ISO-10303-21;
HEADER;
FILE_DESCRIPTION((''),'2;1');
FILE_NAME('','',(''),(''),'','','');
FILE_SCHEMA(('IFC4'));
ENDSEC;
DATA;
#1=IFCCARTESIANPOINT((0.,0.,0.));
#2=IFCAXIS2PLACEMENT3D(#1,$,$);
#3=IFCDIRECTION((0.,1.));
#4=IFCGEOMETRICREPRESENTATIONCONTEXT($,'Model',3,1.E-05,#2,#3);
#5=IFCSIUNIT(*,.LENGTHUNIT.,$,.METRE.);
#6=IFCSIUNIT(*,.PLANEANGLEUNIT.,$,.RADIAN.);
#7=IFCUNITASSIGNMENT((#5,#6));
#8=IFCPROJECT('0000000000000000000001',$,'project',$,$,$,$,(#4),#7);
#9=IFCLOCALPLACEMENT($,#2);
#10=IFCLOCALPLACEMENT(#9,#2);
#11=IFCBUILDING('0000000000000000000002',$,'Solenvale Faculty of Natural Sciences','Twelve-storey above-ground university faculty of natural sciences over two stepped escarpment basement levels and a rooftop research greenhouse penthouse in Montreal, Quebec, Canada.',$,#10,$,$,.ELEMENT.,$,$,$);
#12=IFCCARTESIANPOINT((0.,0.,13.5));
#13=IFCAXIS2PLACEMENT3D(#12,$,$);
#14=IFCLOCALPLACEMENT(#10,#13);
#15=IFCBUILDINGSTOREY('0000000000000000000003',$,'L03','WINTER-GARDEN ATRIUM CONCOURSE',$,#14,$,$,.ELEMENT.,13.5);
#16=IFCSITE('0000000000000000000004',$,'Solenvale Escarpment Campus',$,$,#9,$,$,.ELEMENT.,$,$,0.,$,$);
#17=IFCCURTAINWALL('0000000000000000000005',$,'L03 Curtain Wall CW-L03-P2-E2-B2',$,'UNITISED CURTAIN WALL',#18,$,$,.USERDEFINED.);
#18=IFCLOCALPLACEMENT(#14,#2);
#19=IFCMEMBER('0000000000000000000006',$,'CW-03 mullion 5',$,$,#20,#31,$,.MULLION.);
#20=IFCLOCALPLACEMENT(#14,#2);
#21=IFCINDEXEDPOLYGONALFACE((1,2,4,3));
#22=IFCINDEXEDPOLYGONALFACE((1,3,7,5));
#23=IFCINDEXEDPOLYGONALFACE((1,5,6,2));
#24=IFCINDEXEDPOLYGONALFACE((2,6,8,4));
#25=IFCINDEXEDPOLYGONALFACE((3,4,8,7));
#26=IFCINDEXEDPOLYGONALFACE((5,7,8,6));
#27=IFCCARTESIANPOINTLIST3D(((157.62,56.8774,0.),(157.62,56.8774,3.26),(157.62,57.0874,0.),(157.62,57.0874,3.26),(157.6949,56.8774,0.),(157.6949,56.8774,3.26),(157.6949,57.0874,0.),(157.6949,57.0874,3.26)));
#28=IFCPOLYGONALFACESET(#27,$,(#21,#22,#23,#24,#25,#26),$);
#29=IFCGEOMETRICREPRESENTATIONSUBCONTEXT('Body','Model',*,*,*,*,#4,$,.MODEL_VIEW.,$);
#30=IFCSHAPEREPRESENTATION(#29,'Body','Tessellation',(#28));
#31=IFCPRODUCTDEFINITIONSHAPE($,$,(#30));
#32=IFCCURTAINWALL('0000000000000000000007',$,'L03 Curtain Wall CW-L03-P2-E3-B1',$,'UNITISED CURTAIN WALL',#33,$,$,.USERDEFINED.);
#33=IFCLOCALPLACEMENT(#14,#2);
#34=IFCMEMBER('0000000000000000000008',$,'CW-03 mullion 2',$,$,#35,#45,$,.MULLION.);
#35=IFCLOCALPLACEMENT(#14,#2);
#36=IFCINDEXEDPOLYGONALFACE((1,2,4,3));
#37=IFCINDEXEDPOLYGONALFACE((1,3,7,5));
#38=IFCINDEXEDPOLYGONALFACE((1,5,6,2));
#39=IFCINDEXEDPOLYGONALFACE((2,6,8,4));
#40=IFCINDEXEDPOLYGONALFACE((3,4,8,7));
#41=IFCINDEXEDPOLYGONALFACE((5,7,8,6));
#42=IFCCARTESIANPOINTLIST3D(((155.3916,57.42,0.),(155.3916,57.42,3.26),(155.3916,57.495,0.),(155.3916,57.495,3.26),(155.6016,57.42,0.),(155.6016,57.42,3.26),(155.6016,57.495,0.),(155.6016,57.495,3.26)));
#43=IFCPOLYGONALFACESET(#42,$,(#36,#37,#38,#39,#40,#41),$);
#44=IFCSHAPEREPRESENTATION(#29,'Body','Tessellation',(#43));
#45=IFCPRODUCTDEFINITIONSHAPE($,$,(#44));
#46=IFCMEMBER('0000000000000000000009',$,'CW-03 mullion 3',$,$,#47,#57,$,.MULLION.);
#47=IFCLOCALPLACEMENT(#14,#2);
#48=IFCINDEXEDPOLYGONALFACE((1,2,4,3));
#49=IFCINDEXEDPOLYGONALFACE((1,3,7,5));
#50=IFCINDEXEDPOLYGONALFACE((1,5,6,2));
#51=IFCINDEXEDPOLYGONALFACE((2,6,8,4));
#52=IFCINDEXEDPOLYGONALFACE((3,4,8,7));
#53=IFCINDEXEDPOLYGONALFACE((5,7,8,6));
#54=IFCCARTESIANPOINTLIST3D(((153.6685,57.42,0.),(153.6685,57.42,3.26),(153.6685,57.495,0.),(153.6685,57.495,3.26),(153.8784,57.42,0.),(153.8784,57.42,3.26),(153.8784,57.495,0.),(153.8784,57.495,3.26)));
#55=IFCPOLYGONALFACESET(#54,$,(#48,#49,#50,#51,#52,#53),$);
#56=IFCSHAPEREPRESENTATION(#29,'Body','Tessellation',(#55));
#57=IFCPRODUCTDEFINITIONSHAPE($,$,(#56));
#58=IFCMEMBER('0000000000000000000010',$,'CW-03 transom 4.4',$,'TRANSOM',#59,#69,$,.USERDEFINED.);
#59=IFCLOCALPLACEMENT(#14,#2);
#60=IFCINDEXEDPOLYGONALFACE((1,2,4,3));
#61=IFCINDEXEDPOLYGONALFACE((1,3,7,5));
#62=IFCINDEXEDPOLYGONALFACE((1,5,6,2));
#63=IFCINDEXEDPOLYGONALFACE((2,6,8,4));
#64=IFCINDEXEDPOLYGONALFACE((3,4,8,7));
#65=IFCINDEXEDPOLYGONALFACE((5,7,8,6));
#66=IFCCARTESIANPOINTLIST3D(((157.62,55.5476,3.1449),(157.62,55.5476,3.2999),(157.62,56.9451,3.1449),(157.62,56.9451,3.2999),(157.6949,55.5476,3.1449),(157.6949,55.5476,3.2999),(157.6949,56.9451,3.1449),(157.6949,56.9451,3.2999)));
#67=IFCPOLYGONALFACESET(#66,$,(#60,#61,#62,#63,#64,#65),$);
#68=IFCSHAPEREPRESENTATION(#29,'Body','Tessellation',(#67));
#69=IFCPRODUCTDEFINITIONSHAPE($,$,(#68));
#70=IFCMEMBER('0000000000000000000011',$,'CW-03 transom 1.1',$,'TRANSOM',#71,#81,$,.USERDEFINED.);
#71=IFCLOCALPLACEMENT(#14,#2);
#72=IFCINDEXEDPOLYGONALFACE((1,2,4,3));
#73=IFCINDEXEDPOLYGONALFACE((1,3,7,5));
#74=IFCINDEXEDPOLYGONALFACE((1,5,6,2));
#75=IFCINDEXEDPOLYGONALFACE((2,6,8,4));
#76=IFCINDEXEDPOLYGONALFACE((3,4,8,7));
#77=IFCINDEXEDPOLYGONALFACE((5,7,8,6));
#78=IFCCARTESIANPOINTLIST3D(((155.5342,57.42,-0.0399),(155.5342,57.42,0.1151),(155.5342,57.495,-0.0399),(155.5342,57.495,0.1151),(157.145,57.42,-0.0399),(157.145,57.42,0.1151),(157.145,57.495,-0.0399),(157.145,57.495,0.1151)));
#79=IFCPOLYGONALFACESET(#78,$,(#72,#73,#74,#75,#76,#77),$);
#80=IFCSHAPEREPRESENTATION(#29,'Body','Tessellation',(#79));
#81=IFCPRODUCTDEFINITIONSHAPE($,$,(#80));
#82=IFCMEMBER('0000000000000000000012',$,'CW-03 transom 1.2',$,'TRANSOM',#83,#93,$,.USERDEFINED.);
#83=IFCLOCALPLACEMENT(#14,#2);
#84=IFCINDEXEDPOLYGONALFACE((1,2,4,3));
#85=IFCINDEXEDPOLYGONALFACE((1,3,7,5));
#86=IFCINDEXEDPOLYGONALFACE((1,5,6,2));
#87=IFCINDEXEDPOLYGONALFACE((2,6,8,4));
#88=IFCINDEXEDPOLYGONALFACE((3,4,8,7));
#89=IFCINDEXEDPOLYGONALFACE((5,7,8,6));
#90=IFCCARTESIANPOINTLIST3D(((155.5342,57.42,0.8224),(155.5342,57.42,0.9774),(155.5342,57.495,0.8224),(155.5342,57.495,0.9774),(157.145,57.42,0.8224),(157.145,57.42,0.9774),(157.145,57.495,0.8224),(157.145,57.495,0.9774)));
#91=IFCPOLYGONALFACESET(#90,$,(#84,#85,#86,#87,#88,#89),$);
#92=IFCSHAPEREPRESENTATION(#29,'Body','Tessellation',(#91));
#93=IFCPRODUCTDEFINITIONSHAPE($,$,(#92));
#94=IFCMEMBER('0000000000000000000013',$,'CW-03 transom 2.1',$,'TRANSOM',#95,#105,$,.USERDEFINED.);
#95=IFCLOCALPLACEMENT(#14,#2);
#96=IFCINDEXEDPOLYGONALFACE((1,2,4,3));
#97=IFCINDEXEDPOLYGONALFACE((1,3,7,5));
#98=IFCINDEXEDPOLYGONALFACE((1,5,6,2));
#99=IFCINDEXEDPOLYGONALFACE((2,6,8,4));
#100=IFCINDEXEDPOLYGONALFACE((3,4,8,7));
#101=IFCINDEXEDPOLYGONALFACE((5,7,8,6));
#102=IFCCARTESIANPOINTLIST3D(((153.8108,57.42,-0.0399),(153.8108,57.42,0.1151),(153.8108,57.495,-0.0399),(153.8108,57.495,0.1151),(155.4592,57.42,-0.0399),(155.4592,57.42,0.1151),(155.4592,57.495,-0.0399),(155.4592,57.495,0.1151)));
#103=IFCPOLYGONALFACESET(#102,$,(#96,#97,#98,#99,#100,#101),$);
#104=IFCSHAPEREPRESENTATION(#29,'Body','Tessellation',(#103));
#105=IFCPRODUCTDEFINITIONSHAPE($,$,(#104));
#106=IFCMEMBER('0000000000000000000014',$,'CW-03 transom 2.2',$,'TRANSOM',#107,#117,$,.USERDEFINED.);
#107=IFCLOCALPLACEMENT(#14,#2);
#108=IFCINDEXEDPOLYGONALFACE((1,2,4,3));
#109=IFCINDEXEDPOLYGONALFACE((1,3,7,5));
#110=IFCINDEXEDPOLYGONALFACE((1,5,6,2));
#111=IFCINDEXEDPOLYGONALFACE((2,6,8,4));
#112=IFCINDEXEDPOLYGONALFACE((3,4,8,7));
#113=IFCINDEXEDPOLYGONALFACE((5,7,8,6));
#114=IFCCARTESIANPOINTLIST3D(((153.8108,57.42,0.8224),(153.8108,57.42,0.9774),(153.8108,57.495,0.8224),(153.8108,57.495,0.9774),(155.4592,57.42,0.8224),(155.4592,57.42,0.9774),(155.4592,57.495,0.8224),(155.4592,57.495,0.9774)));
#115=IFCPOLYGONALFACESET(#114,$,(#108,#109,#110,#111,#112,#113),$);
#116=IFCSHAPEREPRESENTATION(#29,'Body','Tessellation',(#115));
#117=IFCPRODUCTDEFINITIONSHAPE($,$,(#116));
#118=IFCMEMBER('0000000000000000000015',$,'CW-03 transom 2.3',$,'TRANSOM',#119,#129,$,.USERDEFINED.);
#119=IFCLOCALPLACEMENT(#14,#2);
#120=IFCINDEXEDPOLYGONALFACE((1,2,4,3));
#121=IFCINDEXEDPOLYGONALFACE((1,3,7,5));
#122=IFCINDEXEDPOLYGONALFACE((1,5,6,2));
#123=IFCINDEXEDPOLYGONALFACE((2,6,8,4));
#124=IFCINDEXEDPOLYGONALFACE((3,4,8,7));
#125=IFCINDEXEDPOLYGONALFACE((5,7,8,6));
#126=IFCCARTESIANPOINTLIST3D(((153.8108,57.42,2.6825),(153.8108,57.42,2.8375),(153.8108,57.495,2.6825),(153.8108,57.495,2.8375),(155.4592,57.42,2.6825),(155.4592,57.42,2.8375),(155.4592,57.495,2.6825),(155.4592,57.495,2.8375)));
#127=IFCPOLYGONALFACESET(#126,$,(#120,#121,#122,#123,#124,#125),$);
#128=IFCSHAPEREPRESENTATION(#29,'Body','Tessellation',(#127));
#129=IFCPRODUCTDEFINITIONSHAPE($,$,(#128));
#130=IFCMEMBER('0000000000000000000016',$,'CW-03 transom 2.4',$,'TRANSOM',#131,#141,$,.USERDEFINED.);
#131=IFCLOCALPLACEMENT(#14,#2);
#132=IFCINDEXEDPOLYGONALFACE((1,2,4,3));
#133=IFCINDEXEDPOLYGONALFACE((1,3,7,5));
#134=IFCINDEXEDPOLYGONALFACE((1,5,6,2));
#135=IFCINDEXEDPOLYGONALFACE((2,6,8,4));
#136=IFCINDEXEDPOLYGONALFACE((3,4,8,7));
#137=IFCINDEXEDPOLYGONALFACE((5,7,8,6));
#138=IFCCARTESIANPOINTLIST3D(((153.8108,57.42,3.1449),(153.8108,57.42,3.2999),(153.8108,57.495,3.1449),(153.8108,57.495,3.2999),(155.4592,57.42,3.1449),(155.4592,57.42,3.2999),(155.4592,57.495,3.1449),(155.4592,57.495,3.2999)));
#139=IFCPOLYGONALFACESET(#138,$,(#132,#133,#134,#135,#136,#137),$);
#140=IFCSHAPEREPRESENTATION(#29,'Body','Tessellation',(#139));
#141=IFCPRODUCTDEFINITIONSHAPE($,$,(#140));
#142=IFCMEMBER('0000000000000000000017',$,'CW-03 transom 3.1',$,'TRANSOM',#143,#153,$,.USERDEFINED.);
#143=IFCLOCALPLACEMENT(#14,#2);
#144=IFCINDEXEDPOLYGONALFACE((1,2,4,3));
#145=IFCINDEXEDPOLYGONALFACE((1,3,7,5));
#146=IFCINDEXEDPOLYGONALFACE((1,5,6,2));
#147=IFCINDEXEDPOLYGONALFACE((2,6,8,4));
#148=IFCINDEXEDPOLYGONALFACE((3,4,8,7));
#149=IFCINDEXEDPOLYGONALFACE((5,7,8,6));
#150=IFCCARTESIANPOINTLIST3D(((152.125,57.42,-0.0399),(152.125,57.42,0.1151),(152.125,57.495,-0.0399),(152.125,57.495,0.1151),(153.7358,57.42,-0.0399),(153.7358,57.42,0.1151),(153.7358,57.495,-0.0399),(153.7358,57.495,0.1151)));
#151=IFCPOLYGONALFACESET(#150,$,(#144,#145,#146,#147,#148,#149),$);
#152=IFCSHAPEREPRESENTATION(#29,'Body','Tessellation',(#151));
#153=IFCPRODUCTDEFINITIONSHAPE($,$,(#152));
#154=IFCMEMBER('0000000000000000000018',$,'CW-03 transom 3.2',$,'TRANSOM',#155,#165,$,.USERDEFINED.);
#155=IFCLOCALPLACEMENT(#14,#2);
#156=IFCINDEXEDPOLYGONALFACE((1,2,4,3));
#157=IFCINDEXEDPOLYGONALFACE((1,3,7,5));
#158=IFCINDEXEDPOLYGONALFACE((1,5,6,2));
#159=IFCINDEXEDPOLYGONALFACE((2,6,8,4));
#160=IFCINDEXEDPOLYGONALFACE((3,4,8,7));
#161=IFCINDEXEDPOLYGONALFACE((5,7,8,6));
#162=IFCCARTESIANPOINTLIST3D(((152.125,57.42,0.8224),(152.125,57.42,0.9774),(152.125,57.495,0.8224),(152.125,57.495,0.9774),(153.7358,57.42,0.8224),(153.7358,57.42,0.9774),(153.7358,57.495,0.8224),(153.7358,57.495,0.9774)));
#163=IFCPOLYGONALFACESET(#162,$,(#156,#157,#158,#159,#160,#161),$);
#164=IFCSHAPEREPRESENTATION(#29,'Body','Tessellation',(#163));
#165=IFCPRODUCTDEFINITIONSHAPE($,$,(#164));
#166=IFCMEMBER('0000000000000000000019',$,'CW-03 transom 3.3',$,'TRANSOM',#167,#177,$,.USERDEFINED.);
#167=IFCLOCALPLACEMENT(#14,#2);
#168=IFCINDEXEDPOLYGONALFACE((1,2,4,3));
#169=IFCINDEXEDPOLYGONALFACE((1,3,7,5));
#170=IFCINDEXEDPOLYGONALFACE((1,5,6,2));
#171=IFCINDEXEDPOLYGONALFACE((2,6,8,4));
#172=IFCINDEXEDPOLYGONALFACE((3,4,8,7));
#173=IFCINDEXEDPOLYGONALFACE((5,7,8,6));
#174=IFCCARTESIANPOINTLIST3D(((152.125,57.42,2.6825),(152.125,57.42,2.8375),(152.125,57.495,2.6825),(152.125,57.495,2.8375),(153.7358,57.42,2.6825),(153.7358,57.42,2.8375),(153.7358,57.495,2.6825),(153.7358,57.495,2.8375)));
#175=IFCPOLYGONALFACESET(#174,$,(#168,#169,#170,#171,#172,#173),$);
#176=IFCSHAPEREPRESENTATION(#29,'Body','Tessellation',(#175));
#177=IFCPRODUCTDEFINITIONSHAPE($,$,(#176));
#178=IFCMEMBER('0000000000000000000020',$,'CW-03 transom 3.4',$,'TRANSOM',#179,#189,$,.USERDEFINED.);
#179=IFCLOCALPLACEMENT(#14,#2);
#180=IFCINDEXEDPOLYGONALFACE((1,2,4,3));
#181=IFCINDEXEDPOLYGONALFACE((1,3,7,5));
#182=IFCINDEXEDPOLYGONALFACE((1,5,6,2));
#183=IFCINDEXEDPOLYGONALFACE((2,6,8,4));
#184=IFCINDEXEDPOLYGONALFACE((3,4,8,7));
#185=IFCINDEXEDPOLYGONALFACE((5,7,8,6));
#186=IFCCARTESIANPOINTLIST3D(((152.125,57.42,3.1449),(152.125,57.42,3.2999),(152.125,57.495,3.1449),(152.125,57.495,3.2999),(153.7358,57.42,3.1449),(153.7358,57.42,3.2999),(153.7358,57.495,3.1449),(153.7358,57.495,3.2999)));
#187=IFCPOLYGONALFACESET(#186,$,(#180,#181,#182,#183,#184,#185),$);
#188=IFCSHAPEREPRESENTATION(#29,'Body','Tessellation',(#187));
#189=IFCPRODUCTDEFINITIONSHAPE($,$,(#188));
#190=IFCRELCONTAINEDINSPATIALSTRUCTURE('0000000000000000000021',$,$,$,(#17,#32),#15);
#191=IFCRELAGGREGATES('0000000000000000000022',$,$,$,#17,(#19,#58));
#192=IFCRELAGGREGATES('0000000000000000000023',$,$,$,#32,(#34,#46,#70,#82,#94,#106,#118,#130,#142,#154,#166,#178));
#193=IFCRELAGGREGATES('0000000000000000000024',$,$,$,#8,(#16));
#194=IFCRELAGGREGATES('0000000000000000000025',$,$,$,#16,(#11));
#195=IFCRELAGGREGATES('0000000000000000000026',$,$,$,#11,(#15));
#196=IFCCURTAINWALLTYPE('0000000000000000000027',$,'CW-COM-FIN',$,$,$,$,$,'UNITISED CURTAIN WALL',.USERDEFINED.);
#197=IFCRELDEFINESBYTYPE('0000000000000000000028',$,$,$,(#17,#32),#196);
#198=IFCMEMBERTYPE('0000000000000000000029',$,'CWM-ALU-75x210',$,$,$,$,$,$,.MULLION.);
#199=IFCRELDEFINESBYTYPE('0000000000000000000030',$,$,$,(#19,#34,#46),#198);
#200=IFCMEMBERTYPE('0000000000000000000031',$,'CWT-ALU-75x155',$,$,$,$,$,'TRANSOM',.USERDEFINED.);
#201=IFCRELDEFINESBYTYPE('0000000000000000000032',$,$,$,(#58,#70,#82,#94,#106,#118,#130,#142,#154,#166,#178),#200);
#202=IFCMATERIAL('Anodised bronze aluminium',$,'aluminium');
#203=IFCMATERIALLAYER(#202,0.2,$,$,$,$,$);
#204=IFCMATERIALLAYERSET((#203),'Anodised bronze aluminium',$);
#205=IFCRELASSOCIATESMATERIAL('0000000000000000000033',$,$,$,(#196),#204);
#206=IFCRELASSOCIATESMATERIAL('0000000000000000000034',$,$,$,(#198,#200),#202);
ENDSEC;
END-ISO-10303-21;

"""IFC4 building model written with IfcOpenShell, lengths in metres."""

from ifc_helpers import new_model, si_unit, direction, frame, origin, origin_2d, place, context, subcontext, project, spatial, rectangle, extrude, material, layer, layer_set, material_profile, profile_set, type_object, element, aggregate, save


model = new_model("IFC4")

# Units and contexts
model_context = context("Model", 3, precision=1e-05, world=origin(), true_north=direction((0.0, 1.0)))
body_context = subcontext(model_context, "Body", "Model", "MODEL_VIEW")
ifc_project = project(units=[si_unit("LENGTHUNIT", "METRE"), si_unit("PLANEANGLEUNIT", "RADIAN")], contexts=[model_context])

# Site, building, storey
site_placement = place(None, origin())
site = spatial("IfcSite", under=ifc_project, at=site_placement, Name="Solenvale Escarpment Campus", CompositionType="ELEMENT", RefElevation=0.0)
building_placement = place(site_placement, origin())
building = spatial("IfcBuilding", under=site, at=building_placement, Name="Solenvale Faculty of Natural Sciences", Description="Twelve-storey above-ground university faculty of natural sciences over two stepped escarpment basement levels and a rooftop research greenhouse penthouse in Montreal, Quebec, Canada.", CompositionType="ELEMENT")
storey_placement = place(building_placement, frame((0.0, 0.0, 13.5)))
storey = spatial("IfcBuildingStorey", under=building, at=storey_placement, Name="L03", Description="WINTER-GARDEN ATRIUM CONCOURSE", CompositionType="ELEMENT", Elevation=13.5)

# Curtain wall, member
ifc_material_1 = material(Name="Anodised bronze aluminium", Category="aluminium")
ifc_layer_1 = layer(ifc_material_1, 0.2)
ifc_layer_set_1 = layer_set([ifc_layer_1], Name="Anodised bronze aluminium")
curtain_wall_type = type_object("IfcCurtainWallType", Name="CW-COM-FIN", ElementType="UNITISED CURTAIN WALL", PredefinedType="USERDEFINED", material=ifc_layer_set_1)
curtain_wall_1_placement = place(storey_placement, origin())
curtain_wall_1 = element("IfcCurtainWall", 1, at=curtain_wall_1_placement, inside=storey, type_object=curtain_wall_type, Name="L03 Curtain Wall CW-L03-P2-E2-B2", ObjectType="UNITISED CURTAIN WALL", PredefinedType="USERDEFINED")
ifc_material_profile_1 = material_profile(ifc_material_1, rectangle(XDim=0.075, YDim=0.21, at=origin_2d()), Name="ALU-MUL-75x210")
ifc_profile_set_1 = profile_set([ifc_material_profile_1], Name="Anodised bronze aluminium")
member_type_1 = type_object("IfcMemberType", Name="CWM-ALU-75x210", PredefinedType="MULLION", material=ifc_profile_set_1)
member_1_placement = place(storey_placement, frame((157.6575, 56.9824, 0.0), z_axis=(0.0, 0.0, 1.0), x_axis=(-1.0, 0.0, 0.0)))
member_1 = element("IfcMember", 2, at=member_1_placement, type_object=member_type_1, Name="CW-03 mullion 5", PredefinedType="MULLION", context=body_context, shape_type="SweptSolid", body=[
    extrude(rectangle(XDim=0.075, YDim=0.21, at=origin_2d()), origin(), (0.0, 0.0, 1.0), 3.26),
])

# Curtain wall, members
curtain_wall_2_placement = place(storey_placement, origin())
curtain_wall_2 = element("IfcCurtainWall", 3, at=curtain_wall_2_placement, inside=storey, type_object=curtain_wall_type, Name="L03 Curtain Wall CW-L03-P2-E3-B1", ObjectType="UNITISED CURTAIN WALL", PredefinedType="USERDEFINED")
member_2_placement = place(storey_placement, frame((155.4966, 57.4575, 0.0), z_axis=(0.0, 0.0, 1.0), x_axis=(0.0, -1.0, 0.0)))
member_2 = element("IfcMember", 4, at=member_2_placement, type_object=member_type_1, Name="CW-03 mullion 2", PredefinedType="MULLION", context=body_context, shape_type="SweptSolid", body=[
    extrude(rectangle(XDim=0.075, YDim=0.21, at=origin_2d()), origin(), (0.0, 0.0, 1.0), 3.26),
])
member_3_placement = place(storey_placement, frame((153.7734, 57.4575, 0.0), z_axis=(0.0, 0.0, 1.0), x_axis=(0.0, -1.0, 0.0)))
member_3 = element("IfcMember", 5, at=member_3_placement, type_object=member_type_1, Name="CW-03 mullion 3", PredefinedType="MULLION", context=body_context, shape_type="SweptSolid", body=[
    extrude(rectangle(XDim=0.075, YDim=0.21, at=origin_2d()), origin(), (0.0, 0.0, 1.0), 3.26),
])

# Members
ifc_material_profile_2 = material_profile(ifc_material_1, rectangle(XDim=0.075, YDim=0.155, at=origin_2d()), Name="ALU-TRN-75x155")
ifc_profile_set_2 = profile_set([ifc_material_profile_2], Name="Anodised bronze aluminium")
member_type_2 = type_object("IfcMemberType", Name="CWT-ALU-75x155", ElementType="TRANSOM", PredefinedType="USERDEFINED", material=ifc_profile_set_2)
member_4_placement = place(storey_placement, frame((157.6575, 55.5476, 3.2224), z_axis=(0.0, 1.0, 0.0), x_axis=(-1.0, 0.0, 0.0)))
member_4 = element("IfcMember", 6, at=member_4_placement, type_object=member_type_2, Name="CW-03 transom 4.4", ObjectType="TRANSOM", PredefinedType="USERDEFINED", context=body_context, shape_type="SweptSolid", body=[
    extrude(rectangle(XDim=0.075, YDim=0.155, at=origin_2d()), origin(), (0.0, 0.0, 1.0), 1.3975),
])
member_5_placement = place(storey_placement, frame((157.145, 57.4575, 0.0376), z_axis=(-1.0, 0.0, 0.0), x_axis=(0.0, -1.0, 0.0)))
member_5 = element("IfcMember", 7, at=member_5_placement, type_object=member_type_2, Name="CW-03 transom 1.1", ObjectType="TRANSOM", PredefinedType="USERDEFINED", context=body_context, shape_type="SweptSolid", body=[
    extrude(rectangle(XDim=0.075, YDim=0.155, at=origin_2d()), origin(), (0.0, 0.0, 1.0), 1.6108),
])
member_6_placement = place(storey_placement, frame((157.145, 57.4575, 0.8999), z_axis=(-1.0, 0.0, 0.0), x_axis=(0.0, -1.0, 0.0)))
member_6 = element("IfcMember", 8, at=member_6_placement, type_object=member_type_2, Name="CW-03 transom 1.2", ObjectType="TRANSOM", PredefinedType="USERDEFINED", context=body_context, shape_type="SweptSolid", body=[
    extrude(rectangle(XDim=0.075, YDim=0.155, at=origin_2d()), origin(), (0.0, 0.0, 1.0), 1.6108),
])
member_7_placement = place(storey_placement, frame((155.4592, 57.4575, 0.0376), z_axis=(-1.0, 0.0, 0.0), x_axis=(0.0, -1.0, 0.0)))
member_7 = element("IfcMember", 9, at=member_7_placement, type_object=member_type_2, Name="CW-03 transom 2.1", ObjectType="TRANSOM", PredefinedType="USERDEFINED", context=body_context, shape_type="SweptSolid", body=[
    extrude(rectangle(XDim=0.075, YDim=0.155, at=origin_2d()), origin(), (0.0, 0.0, 1.0), 1.6484),
])
member_8_placement = place(storey_placement, frame((155.4592, 57.4575, 0.8999), z_axis=(-1.0, 0.0, 0.0), x_axis=(0.0, -1.0, 0.0)))
member_8 = element("IfcMember", 10, at=member_8_placement, type_object=member_type_2, Name="CW-03 transom 2.2", ObjectType="TRANSOM", PredefinedType="USERDEFINED", context=body_context, shape_type="SweptSolid", body=[
    extrude(rectangle(XDim=0.075, YDim=0.155, at=origin_2d()), origin(), (0.0, 0.0, 1.0), 1.6484),
])
member_9_placement = place(storey_placement, frame((155.4592, 57.4575, 2.76), z_axis=(-1.0, 0.0, 0.0), x_axis=(0.0, -1.0, 0.0)))
member_9 = element("IfcMember", 11, at=member_9_placement, type_object=member_type_2, Name="CW-03 transom 2.3", ObjectType="TRANSOM", PredefinedType="USERDEFINED", context=body_context, shape_type="SweptSolid", body=[
    extrude(rectangle(XDim=0.075, YDim=0.155, at=origin_2d()), origin(), (0.0, 0.0, 1.0), 1.6484),
])
member_10_placement = place(storey_placement, frame((155.4592, 57.4575, 3.2224), z_axis=(-1.0, 0.0, 0.0), x_axis=(0.0, -1.0, 0.0)))
member_10 = element("IfcMember", 12, at=member_10_placement, type_object=member_type_2, Name="CW-03 transom 2.4", ObjectType="TRANSOM", PredefinedType="USERDEFINED", context=body_context, shape_type="SweptSolid", body=[
    extrude(rectangle(XDim=0.075, YDim=0.155, at=origin_2d()), origin(), (0.0, 0.0, 1.0), 1.6484),
])
member_11_placement = place(storey_placement, frame((153.7358, 57.4575, 0.0376), z_axis=(-1.0, 0.0, 0.0), x_axis=(0.0, -1.0, 0.0)))
member_11 = element("IfcMember", 13, at=member_11_placement, type_object=member_type_2, Name="CW-03 transom 3.1", ObjectType="TRANSOM", PredefinedType="USERDEFINED", context=body_context, shape_type="SweptSolid", body=[
    extrude(rectangle(XDim=0.075, YDim=0.155, at=origin_2d()), origin(), (0.0, 0.0, 1.0), 1.6108),
])
member_12_placement = place(storey_placement, frame((153.7358, 57.4575, 0.8999), z_axis=(-1.0, 0.0, 0.0), x_axis=(0.0, -1.0, 0.0)))
member_12 = element("IfcMember", 14, at=member_12_placement, type_object=member_type_2, Name="CW-03 transom 3.2", ObjectType="TRANSOM", PredefinedType="USERDEFINED", context=body_context, shape_type="SweptSolid", body=[
    extrude(rectangle(XDim=0.075, YDim=0.155, at=origin_2d()), origin(), (0.0, 0.0, 1.0), 1.6108),
])
member_13_placement = place(storey_placement, frame((153.7358, 57.4575, 2.76), z_axis=(-1.0, 0.0, 0.0), x_axis=(0.0, -1.0, 0.0)))
member_13 = element("IfcMember", 15, at=member_13_placement, type_object=member_type_2, Name="CW-03 transom 3.3", ObjectType="TRANSOM", PredefinedType="USERDEFINED", context=body_context, shape_type="SweptSolid", body=[
    extrude(rectangle(XDim=0.075, YDim=0.155, at=origin_2d()), origin(), (0.0, 0.0, 1.0), 1.6108),
])
member_14_placement = place(storey_placement, frame((153.7358, 57.4575, 3.2224), z_axis=(-1.0, 0.0, 0.0), x_axis=(0.0, -1.0, 0.0)))
member_14 = element("IfcMember", 16, at=member_14_placement, type_object=member_type_2, Name="CW-03 transom 3.4", ObjectType="TRANSOM", PredefinedType="USERDEFINED", context=body_context, shape_type="SweptSolid", body=[
    extrude(rectangle(XDim=0.075, YDim=0.155, at=origin_2d()), origin(), (0.0, 0.0, 1.0), 1.6108),
])

aggregate(curtain_wall_1, [member_1, member_4])
aggregate(curtain_wall_2, [member_2, member_3, member_5, member_6, member_7, member_8, member_9, member_10, member_11, member_12, member_13, member_14])

save(model, "model.ifc")
